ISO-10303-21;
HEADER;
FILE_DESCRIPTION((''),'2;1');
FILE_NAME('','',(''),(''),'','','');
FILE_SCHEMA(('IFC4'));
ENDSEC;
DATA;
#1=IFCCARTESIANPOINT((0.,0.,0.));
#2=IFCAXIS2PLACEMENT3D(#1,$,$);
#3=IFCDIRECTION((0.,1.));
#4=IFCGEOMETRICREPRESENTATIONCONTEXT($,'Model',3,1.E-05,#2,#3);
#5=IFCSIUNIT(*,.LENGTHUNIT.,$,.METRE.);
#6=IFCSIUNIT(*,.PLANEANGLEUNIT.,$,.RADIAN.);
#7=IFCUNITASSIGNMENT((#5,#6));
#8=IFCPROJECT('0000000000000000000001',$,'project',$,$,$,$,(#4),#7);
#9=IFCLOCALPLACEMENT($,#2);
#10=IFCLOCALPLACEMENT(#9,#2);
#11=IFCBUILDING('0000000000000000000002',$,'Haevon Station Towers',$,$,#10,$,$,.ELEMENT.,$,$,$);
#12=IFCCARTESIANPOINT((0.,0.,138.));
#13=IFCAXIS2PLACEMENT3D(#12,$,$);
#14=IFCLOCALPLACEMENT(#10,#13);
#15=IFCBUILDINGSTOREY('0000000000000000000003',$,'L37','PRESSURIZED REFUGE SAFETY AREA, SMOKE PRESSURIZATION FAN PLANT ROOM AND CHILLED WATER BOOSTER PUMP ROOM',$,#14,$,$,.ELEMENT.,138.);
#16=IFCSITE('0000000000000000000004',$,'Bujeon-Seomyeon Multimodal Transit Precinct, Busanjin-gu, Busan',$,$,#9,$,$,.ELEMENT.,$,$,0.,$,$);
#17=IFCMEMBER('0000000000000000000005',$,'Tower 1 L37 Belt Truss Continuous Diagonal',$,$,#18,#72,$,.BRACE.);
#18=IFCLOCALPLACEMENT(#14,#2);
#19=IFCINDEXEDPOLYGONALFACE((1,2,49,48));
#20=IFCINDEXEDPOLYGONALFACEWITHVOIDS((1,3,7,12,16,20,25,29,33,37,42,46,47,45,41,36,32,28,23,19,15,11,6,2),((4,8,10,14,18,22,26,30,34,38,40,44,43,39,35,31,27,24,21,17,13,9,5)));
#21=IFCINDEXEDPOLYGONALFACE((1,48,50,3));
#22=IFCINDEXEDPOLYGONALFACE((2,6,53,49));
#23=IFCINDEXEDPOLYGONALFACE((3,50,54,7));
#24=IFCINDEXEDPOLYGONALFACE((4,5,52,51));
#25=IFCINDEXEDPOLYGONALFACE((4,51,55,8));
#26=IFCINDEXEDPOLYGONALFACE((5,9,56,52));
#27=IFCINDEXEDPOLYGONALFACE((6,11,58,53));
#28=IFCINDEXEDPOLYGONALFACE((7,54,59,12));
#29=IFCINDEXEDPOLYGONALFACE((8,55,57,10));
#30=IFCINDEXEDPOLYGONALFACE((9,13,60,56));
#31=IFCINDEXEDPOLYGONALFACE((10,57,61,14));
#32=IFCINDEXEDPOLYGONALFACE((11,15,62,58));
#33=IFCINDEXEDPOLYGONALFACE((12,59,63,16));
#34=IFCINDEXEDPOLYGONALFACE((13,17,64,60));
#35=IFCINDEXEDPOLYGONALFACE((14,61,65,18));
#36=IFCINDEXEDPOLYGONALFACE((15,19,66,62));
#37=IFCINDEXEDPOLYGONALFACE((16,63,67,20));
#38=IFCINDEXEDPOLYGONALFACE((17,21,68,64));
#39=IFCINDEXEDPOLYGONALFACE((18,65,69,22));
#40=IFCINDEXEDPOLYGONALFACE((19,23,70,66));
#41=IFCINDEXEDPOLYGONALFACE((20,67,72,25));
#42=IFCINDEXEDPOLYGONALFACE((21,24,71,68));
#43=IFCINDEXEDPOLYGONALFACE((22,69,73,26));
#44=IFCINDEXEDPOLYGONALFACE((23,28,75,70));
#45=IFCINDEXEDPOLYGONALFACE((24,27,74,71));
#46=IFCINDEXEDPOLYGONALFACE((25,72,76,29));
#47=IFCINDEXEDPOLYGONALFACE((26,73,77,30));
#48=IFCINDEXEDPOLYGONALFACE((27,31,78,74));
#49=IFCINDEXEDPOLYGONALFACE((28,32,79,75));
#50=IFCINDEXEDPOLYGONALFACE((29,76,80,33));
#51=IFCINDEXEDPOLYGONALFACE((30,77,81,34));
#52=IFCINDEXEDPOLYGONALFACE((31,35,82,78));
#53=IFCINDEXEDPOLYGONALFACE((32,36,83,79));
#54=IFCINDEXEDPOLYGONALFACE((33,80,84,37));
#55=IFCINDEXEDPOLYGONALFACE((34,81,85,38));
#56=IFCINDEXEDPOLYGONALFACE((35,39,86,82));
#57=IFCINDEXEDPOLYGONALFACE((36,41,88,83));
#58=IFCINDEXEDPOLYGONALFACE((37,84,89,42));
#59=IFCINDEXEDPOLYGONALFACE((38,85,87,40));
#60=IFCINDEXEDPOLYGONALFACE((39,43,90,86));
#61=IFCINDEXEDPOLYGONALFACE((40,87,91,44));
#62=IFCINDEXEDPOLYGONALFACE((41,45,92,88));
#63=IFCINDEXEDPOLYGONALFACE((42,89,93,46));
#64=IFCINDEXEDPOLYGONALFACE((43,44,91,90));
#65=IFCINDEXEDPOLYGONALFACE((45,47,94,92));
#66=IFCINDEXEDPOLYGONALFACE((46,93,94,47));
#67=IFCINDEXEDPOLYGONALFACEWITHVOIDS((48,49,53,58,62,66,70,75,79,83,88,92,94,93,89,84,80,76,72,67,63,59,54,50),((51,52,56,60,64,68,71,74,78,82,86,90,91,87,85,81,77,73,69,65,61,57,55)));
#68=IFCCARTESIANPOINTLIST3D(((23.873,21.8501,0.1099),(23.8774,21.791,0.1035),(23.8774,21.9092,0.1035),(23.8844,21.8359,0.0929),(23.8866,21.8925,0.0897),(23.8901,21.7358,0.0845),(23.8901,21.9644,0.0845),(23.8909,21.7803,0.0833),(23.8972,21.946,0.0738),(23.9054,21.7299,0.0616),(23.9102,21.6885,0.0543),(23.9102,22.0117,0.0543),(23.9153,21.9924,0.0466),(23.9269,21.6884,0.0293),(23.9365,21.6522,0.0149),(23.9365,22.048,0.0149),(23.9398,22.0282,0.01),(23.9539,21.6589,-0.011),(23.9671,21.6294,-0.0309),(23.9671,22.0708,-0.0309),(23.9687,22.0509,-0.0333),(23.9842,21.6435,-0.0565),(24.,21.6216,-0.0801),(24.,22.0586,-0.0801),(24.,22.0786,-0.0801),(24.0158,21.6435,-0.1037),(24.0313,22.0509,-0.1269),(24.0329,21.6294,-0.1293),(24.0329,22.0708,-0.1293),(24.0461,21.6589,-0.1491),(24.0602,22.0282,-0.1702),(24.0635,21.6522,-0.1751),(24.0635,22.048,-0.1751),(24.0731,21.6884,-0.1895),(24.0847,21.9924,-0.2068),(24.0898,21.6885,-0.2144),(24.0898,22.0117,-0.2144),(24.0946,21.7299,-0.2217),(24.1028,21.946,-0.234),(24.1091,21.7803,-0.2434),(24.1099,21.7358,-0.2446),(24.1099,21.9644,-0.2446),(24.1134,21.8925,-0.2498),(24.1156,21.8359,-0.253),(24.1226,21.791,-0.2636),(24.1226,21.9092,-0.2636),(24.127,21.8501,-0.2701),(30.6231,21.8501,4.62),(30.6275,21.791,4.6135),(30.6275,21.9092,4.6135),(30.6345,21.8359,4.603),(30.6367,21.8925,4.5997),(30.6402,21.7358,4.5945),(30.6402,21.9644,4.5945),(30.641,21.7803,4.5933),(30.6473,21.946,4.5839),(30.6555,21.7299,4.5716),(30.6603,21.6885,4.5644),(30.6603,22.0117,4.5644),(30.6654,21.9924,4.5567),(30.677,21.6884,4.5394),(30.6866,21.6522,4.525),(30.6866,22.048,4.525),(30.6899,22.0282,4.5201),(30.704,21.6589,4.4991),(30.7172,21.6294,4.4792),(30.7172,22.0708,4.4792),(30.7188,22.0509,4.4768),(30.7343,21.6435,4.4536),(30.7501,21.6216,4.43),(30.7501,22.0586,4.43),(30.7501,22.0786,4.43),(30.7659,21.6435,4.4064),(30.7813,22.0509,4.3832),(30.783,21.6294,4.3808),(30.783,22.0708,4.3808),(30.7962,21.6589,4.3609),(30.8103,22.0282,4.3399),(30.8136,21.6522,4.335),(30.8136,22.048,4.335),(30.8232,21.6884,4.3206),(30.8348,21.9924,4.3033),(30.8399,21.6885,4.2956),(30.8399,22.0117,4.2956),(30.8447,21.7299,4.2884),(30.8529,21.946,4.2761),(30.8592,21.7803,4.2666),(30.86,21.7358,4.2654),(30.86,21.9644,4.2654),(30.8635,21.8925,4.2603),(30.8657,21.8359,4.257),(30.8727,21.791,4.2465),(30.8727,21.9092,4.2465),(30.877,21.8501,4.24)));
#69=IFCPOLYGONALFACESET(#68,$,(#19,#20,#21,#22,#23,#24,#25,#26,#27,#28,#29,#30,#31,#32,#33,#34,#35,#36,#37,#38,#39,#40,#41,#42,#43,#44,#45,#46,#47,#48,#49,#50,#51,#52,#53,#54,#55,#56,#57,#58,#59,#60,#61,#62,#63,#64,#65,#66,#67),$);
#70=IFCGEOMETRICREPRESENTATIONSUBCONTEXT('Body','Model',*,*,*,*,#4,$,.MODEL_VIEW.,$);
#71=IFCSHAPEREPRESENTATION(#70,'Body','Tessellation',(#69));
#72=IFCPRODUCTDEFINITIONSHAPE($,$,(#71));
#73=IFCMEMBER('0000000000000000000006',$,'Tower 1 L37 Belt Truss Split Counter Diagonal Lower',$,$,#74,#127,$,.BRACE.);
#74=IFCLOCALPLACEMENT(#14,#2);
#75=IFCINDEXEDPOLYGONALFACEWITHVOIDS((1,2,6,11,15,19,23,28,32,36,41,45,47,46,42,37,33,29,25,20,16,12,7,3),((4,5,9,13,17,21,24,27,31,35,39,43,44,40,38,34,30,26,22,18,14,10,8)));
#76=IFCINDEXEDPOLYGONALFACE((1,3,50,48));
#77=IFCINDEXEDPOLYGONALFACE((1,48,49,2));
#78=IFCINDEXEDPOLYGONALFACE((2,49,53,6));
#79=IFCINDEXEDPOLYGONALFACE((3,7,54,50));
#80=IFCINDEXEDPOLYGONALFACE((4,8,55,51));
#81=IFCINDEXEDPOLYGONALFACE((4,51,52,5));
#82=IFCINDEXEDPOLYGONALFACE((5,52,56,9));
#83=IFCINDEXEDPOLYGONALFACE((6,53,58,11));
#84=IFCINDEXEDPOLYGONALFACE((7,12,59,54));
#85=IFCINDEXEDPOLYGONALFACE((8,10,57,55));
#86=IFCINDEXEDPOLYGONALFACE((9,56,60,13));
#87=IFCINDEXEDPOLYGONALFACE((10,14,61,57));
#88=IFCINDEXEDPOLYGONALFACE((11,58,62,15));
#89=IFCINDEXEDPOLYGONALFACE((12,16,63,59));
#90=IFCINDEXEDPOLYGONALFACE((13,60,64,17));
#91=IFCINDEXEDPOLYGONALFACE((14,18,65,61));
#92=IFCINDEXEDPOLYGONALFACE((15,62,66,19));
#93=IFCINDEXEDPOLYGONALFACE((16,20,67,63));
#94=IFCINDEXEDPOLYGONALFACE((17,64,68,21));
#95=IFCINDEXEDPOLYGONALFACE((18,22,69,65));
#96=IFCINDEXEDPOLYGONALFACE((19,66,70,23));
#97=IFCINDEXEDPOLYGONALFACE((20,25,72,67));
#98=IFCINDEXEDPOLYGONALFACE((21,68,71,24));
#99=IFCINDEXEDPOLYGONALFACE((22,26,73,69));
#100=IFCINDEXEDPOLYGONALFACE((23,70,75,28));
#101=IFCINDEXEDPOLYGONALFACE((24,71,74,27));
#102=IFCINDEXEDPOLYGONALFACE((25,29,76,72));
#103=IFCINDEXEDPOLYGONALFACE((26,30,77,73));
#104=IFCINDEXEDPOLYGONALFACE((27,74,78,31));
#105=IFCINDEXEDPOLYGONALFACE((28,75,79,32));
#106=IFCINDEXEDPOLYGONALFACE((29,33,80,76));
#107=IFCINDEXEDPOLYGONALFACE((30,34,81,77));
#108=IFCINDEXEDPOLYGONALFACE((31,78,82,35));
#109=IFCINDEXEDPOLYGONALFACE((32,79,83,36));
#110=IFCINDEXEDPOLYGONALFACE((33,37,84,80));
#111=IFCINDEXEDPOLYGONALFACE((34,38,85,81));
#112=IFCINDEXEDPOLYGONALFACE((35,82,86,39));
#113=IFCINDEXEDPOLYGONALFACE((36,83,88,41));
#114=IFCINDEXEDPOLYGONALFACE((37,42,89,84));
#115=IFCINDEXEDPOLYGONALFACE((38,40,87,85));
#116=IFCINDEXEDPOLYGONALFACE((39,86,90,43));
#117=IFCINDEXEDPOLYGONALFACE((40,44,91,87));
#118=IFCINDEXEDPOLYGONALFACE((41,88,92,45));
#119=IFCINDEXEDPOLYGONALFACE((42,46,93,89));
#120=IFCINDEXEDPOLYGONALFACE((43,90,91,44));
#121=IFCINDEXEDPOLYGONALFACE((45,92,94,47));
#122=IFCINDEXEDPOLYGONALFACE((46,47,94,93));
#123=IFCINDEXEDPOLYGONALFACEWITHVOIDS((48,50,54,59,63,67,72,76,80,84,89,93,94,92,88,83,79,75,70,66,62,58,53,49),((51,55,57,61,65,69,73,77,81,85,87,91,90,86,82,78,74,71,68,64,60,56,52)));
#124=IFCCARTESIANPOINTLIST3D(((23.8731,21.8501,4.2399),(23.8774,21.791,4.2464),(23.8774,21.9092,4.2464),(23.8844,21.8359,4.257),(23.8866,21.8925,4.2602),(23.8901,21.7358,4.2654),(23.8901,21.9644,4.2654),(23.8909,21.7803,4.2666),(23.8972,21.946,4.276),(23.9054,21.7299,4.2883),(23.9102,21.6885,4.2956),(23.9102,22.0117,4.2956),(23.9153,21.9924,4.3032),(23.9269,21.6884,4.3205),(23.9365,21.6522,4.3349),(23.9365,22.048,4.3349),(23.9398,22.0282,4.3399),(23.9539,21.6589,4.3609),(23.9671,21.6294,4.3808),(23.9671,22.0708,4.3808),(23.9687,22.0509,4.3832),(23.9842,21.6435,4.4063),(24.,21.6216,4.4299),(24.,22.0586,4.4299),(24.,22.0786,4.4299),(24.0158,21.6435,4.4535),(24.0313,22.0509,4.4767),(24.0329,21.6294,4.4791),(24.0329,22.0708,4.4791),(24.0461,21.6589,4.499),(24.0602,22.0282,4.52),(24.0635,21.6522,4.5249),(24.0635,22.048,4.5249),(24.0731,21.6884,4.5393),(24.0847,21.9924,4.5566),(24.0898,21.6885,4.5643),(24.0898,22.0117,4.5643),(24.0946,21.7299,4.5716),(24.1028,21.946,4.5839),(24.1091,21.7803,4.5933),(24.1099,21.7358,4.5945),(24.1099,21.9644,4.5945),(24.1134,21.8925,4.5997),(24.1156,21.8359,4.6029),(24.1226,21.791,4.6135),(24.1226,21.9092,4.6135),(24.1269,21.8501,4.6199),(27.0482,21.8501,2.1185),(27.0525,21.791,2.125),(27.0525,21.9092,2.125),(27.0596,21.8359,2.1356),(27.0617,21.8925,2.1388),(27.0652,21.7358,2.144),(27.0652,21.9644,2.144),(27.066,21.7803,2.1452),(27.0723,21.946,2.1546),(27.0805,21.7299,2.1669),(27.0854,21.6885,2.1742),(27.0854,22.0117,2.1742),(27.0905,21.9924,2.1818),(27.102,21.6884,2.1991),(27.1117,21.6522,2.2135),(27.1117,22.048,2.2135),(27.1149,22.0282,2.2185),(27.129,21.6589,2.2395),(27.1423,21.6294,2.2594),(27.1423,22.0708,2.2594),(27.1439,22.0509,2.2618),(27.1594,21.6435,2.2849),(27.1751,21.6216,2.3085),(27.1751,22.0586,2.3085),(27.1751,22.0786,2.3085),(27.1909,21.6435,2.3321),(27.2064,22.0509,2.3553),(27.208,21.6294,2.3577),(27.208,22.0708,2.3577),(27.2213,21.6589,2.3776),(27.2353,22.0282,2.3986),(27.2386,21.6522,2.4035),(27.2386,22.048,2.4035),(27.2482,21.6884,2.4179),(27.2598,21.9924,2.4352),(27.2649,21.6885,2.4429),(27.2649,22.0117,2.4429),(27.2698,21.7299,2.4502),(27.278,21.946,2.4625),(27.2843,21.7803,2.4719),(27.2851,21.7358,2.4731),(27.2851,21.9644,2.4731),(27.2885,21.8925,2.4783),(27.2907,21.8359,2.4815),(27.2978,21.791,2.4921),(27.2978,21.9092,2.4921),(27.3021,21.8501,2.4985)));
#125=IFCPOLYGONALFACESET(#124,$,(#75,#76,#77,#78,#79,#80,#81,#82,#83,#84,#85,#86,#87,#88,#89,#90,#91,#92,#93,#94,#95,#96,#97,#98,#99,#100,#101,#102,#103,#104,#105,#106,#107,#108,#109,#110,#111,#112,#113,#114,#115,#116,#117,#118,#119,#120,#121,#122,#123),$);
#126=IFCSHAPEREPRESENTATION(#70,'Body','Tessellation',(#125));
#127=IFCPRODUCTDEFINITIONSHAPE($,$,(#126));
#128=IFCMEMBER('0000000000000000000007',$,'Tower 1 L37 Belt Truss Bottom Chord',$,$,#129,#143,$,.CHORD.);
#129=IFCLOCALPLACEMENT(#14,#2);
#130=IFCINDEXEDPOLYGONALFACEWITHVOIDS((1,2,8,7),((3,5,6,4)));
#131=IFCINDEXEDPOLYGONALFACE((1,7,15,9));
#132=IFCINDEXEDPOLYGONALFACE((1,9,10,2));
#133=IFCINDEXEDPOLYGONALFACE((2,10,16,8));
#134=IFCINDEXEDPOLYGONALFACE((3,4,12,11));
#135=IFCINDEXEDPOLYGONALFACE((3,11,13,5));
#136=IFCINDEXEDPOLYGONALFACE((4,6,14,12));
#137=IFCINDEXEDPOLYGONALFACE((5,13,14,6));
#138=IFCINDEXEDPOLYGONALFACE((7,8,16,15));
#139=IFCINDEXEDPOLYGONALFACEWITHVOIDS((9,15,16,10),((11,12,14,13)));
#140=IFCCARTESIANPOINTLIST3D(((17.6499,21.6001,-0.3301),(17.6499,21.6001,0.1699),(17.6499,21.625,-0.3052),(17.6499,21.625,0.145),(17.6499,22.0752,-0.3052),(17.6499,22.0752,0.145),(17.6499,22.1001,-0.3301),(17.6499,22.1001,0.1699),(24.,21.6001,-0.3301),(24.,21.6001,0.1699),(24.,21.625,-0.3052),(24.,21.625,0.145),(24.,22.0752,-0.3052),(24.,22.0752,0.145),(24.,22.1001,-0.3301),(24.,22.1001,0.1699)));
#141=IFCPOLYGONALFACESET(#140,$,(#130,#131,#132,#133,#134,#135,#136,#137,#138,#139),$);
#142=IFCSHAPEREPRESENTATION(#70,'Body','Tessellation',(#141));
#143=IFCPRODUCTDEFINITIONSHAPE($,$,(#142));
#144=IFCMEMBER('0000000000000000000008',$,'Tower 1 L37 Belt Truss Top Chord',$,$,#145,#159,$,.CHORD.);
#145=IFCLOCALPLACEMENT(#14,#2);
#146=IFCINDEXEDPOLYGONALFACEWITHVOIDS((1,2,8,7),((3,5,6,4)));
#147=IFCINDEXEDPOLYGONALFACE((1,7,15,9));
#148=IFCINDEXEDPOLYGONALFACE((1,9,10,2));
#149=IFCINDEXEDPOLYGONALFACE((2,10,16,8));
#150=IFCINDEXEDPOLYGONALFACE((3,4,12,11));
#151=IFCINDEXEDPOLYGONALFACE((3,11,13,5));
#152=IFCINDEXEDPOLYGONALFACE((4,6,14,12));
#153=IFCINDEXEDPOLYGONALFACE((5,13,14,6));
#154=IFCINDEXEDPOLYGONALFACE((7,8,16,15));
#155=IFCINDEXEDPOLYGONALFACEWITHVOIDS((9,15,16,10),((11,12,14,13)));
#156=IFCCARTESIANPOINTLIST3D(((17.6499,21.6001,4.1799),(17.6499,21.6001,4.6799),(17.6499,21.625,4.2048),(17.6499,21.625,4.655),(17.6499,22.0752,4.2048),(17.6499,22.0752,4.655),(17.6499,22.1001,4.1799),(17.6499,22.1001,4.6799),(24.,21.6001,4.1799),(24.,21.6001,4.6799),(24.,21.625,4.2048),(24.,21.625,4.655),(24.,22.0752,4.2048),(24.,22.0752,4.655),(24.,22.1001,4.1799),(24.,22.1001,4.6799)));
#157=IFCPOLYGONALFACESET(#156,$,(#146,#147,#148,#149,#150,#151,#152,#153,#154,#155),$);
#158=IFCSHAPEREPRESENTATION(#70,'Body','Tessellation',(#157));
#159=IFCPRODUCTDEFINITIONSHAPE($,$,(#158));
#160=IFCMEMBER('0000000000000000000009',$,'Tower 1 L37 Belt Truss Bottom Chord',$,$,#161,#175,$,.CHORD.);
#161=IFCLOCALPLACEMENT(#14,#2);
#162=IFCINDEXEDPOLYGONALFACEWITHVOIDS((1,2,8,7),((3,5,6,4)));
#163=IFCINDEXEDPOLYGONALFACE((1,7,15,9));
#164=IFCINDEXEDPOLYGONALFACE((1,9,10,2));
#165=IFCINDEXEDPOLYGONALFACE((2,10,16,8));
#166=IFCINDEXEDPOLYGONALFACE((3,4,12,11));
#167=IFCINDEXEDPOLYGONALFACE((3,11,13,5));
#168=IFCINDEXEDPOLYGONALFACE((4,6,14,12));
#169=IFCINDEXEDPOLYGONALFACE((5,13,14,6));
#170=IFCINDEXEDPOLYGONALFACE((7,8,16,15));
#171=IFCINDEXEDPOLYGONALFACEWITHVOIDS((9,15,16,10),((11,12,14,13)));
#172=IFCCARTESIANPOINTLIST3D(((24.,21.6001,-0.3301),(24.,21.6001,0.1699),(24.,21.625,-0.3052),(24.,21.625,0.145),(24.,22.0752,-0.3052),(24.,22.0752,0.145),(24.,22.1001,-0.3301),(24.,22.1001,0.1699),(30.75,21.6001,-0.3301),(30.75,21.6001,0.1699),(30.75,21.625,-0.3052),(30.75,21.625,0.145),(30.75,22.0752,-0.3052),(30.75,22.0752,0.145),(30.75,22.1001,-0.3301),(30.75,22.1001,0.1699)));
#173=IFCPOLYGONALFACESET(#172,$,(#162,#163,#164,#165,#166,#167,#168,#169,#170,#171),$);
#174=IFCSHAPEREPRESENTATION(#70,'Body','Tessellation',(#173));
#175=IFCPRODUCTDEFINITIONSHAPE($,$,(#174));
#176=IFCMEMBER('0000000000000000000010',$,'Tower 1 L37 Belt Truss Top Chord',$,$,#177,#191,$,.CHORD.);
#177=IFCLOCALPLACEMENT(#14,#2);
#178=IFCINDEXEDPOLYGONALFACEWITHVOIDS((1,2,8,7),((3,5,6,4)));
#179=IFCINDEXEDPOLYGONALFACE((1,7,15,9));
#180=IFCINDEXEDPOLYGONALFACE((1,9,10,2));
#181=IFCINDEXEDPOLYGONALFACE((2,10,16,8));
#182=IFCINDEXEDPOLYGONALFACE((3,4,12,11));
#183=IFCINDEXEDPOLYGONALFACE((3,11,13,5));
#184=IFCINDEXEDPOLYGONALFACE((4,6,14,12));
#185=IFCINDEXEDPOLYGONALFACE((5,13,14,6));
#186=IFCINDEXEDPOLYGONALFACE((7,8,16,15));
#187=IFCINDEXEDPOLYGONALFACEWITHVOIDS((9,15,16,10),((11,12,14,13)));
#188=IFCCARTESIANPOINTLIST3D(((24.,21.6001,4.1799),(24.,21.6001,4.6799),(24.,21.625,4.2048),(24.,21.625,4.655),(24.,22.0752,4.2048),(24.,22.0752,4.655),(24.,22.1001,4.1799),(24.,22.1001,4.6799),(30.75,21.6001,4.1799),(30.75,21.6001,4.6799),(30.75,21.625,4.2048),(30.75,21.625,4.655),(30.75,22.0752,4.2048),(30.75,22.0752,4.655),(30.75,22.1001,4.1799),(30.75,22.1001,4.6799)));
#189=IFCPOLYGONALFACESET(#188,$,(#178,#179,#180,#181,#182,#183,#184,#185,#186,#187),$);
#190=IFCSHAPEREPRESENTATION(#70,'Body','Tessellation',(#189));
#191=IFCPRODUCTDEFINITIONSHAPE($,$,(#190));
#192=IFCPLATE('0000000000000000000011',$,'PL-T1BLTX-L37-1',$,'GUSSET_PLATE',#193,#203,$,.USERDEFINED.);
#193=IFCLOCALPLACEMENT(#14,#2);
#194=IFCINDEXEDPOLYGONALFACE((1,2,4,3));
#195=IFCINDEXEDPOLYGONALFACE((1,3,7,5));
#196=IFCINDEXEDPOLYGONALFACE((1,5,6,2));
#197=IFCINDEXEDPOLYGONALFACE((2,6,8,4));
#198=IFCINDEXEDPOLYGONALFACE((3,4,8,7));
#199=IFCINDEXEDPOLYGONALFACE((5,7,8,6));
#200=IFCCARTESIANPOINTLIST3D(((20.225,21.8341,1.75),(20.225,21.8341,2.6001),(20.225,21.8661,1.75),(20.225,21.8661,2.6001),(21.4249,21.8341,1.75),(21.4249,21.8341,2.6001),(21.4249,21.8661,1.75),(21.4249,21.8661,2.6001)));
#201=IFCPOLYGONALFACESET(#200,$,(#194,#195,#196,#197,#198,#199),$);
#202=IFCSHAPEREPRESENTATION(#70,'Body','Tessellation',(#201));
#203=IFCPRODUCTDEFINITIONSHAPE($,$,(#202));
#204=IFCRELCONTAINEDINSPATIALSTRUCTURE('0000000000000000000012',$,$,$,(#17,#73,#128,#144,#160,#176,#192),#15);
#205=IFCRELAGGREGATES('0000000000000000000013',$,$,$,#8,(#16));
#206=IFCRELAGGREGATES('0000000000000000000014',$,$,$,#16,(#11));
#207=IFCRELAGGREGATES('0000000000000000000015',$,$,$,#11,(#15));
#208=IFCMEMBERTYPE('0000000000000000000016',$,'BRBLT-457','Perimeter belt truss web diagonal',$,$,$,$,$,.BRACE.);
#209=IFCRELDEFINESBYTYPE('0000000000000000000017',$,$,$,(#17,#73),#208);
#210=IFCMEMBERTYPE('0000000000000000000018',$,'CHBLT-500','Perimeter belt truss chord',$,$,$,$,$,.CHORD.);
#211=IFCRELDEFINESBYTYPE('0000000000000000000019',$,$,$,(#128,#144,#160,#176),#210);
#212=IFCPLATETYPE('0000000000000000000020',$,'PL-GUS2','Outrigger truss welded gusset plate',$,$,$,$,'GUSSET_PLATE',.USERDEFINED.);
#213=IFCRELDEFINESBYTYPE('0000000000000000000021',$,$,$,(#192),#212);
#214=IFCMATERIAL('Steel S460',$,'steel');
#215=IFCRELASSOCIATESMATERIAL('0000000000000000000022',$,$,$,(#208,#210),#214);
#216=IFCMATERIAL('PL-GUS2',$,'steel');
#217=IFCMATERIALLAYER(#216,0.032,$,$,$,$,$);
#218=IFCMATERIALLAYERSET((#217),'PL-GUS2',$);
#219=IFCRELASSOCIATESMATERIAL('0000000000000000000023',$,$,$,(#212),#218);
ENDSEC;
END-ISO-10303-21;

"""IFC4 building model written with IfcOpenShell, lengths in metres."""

from ifc_helpers import new_model, si_unit, direction, frame, origin, origin_2d, place, context, subcontext, project, spatial, rectangle, hollow_rectangle, hollow_circle, extrude, material, layer, layer_set, material_profile, profile_set, type_object, element, save


model = new_model("IFC4")

# Units and contexts
model_context = context("Model", 3, precision=1e-05, world=origin(), true_north=direction((0.0, 1.0)))
body_context = subcontext(model_context, "Body", "Model", "MODEL_VIEW")
ifc_project = project(units=[si_unit("LENGTHUNIT", "METRE"), si_unit("PLANEANGLEUNIT", "RADIAN")], contexts=[model_context])

# Site, building, storey
site_placement = place(None, origin())
site = spatial("IfcSite", under=ifc_project, at=site_placement, Name="Bujeon-Seomyeon Multimodal Transit Precinct, Busanjin-gu, Busan", CompositionType="ELEMENT", RefElevation=0.0)
building_placement = place(site_placement, origin())
building = spatial("IfcBuilding", under=site, at=building_placement, Name="Haevon Station Towers", CompositionType="ELEMENT")
storey_placement = place(building_placement, frame((0.0, 0.0, 138.0)))
storey = spatial("IfcBuildingStorey", under=building, at=storey_placement, Name="L37", Description="PRESSURIZED REFUGE SAFETY AREA, SMOKE PRESSURIZATION FAN PLANT ROOM AND CHILLED WATER BOOSTER PUMP ROOM", CompositionType="ELEMENT", Elevation=138.0)

# Shared definitions
ifc_material_1 = material(Name="Steel S460", Category="steel")

# Members
ifc_material_profile_1 = material_profile(ifc_material_1, hollow_circle(Radius=0.2285, WallThickness=0.02, at=origin_2d()), Name="CHS-457x20")
ifc_profile_set_1 = profile_set([ifc_material_profile_1], Name="Steel S460")
member_type_1 = type_object("IfcMemberType", Name="BRBLT-457", Description="Perimeter belt truss web diagonal", PredefinedType="BRACE", material=ifc_profile_set_1)
member_1_placement = place(storey_placement, frame((24.0, 21.8501, -0.0801), z_axis=(0.831481, 0.0, 0.555554), x_axis=(0.0, 1.0, 0.0)))
element("IfcMember", 1, at=member_1_placement, inside=storey, type_object=member_type_1, Name="Tower 1 L37 Belt Truss Continuous Diagonal", PredefinedType="BRACE", context=body_context, shape_type="SweptSolid", body=[
    extrude(hollow_circle(Radius=0.2285, WallThickness=0.02, at=origin_2d()), origin(), (0.0, 0.0, 1.0), 8.1182),
])
member_2_placement = place(storey_placement, frame((24.0, 21.8501, 4.4299), z_axis=(0.831489, 0.0, -0.555541), x_axis=(0.0, 1.0, 0.0)))
element("IfcMember", 2, at=member_2_placement, inside=storey, type_object=member_type_1, Name="Tower 1 L37 Belt Truss Split Counter Diagonal Lower", PredefinedType="BRACE", context=body_context, shape_type="SweptSolid", body=[
    extrude(hollow_circle(Radius=0.2285, WallThickness=0.02, at=origin_2d()), origin(), (0.0, 0.0, 1.0), 3.8186),
])
ifc_material_profile_2 = material_profile(ifc_material_1, hollow_rectangle(XDim=0.5, YDim=0.5, WallThickness=0.0249, at=origin_2d()), Name="RHS-500x500x25")
ifc_profile_set_2 = profile_set([ifc_material_profile_2], Name="Steel S460")
member_type_2 = type_object("IfcMemberType", Name="CHBLT-500", Description="Perimeter belt truss chord", PredefinedType="CHORD", material=ifc_profile_set_2)
for number, where, z_axis, x_axis, name in (
    (3, (17.6499, 21.8501, -0.0801), (1.0, 0.0, 0.0), (0.0, 1.0, 0.0), "Tower 1 L37 Belt Truss Bottom Chord"),
    (4, (17.6499, 21.8501, 4.4299), (1.0, 0.0, 0.0), (0.0, 1.0, 0.0), "Tower 1 L37 Belt Truss Top Chord"),
):
    element("IfcMember", number, at=place(storey_placement, frame(where, z_axis=z_axis, x_axis=x_axis)), inside=storey, type_object=member_type_2, Name=name, PredefinedType="CHORD", context=body_context, shape_type="SweptSolid", body=[
        extrude(hollow_rectangle(XDim=0.5, YDim=0.5, WallThickness=0.0249, at=origin_2d()), origin(), (0.0, 0.0, 1.0), 6.3501),
    ])
for number, where, z_axis, x_axis, name in (
    (5, (24.0, 21.8501, -0.0801), (1.0, 0.0, 0.0), (0.0, 1.0, 0.0), "Tower 1 L37 Belt Truss Bottom Chord"),
    (6, (24.0, 21.8501, 4.4299), (1.0, 0.0, 0.0), (0.0, 1.0, 0.0), "Tower 1 L37 Belt Truss Top Chord"),
):
    element("IfcMember", number, at=place(storey_placement, frame(where, z_axis=z_axis, x_axis=x_axis)), inside=storey, type_object=member_type_2, Name=name, PredefinedType="CHORD", context=body_context, shape_type="SweptSolid", body=[
        extrude(hollow_rectangle(XDim=0.5, YDim=0.5, WallThickness=0.0249, at=origin_2d()), origin(), (0.0, 0.0, 1.0), 6.75),
    ])

# Plate
ifc_material_2 = material(Name="PL-GUS2", Category="steel")
ifc_layer_1 = layer(ifc_material_2, 0.032)
ifc_layer_set_1 = layer_set([ifc_layer_1], Name="PL-GUS2")
plate_type_1 = type_object("IfcPlateType", Name="PL-GUS2", Description="Outrigger truss welded gusset plate", ElementType="GUSSET_PLATE", PredefinedType="USERDEFINED", material=ifc_layer_set_1)
plate_placement = place(storey_placement, frame((20.825, 21.8501, 1.75), z_axis=(0.0, 0.0, 1.0), x_axis=(1.0, 0.0, 0.0)))
element("IfcPlate", 7, at=plate_placement, inside=storey, type_object=plate_type_1, Name="PL-T1BLTX-L37-1", ObjectType="GUSSET_PLATE", PredefinedType="USERDEFINED", context=body_context, shape_type="SweptSolid", body=[
    extrude(rectangle(XDim=1.2, YDim=0.032, at=origin_2d()), origin(), (0.0, 0.0, 1.0), 0.8501),
])

save(model, "model.ifc")
